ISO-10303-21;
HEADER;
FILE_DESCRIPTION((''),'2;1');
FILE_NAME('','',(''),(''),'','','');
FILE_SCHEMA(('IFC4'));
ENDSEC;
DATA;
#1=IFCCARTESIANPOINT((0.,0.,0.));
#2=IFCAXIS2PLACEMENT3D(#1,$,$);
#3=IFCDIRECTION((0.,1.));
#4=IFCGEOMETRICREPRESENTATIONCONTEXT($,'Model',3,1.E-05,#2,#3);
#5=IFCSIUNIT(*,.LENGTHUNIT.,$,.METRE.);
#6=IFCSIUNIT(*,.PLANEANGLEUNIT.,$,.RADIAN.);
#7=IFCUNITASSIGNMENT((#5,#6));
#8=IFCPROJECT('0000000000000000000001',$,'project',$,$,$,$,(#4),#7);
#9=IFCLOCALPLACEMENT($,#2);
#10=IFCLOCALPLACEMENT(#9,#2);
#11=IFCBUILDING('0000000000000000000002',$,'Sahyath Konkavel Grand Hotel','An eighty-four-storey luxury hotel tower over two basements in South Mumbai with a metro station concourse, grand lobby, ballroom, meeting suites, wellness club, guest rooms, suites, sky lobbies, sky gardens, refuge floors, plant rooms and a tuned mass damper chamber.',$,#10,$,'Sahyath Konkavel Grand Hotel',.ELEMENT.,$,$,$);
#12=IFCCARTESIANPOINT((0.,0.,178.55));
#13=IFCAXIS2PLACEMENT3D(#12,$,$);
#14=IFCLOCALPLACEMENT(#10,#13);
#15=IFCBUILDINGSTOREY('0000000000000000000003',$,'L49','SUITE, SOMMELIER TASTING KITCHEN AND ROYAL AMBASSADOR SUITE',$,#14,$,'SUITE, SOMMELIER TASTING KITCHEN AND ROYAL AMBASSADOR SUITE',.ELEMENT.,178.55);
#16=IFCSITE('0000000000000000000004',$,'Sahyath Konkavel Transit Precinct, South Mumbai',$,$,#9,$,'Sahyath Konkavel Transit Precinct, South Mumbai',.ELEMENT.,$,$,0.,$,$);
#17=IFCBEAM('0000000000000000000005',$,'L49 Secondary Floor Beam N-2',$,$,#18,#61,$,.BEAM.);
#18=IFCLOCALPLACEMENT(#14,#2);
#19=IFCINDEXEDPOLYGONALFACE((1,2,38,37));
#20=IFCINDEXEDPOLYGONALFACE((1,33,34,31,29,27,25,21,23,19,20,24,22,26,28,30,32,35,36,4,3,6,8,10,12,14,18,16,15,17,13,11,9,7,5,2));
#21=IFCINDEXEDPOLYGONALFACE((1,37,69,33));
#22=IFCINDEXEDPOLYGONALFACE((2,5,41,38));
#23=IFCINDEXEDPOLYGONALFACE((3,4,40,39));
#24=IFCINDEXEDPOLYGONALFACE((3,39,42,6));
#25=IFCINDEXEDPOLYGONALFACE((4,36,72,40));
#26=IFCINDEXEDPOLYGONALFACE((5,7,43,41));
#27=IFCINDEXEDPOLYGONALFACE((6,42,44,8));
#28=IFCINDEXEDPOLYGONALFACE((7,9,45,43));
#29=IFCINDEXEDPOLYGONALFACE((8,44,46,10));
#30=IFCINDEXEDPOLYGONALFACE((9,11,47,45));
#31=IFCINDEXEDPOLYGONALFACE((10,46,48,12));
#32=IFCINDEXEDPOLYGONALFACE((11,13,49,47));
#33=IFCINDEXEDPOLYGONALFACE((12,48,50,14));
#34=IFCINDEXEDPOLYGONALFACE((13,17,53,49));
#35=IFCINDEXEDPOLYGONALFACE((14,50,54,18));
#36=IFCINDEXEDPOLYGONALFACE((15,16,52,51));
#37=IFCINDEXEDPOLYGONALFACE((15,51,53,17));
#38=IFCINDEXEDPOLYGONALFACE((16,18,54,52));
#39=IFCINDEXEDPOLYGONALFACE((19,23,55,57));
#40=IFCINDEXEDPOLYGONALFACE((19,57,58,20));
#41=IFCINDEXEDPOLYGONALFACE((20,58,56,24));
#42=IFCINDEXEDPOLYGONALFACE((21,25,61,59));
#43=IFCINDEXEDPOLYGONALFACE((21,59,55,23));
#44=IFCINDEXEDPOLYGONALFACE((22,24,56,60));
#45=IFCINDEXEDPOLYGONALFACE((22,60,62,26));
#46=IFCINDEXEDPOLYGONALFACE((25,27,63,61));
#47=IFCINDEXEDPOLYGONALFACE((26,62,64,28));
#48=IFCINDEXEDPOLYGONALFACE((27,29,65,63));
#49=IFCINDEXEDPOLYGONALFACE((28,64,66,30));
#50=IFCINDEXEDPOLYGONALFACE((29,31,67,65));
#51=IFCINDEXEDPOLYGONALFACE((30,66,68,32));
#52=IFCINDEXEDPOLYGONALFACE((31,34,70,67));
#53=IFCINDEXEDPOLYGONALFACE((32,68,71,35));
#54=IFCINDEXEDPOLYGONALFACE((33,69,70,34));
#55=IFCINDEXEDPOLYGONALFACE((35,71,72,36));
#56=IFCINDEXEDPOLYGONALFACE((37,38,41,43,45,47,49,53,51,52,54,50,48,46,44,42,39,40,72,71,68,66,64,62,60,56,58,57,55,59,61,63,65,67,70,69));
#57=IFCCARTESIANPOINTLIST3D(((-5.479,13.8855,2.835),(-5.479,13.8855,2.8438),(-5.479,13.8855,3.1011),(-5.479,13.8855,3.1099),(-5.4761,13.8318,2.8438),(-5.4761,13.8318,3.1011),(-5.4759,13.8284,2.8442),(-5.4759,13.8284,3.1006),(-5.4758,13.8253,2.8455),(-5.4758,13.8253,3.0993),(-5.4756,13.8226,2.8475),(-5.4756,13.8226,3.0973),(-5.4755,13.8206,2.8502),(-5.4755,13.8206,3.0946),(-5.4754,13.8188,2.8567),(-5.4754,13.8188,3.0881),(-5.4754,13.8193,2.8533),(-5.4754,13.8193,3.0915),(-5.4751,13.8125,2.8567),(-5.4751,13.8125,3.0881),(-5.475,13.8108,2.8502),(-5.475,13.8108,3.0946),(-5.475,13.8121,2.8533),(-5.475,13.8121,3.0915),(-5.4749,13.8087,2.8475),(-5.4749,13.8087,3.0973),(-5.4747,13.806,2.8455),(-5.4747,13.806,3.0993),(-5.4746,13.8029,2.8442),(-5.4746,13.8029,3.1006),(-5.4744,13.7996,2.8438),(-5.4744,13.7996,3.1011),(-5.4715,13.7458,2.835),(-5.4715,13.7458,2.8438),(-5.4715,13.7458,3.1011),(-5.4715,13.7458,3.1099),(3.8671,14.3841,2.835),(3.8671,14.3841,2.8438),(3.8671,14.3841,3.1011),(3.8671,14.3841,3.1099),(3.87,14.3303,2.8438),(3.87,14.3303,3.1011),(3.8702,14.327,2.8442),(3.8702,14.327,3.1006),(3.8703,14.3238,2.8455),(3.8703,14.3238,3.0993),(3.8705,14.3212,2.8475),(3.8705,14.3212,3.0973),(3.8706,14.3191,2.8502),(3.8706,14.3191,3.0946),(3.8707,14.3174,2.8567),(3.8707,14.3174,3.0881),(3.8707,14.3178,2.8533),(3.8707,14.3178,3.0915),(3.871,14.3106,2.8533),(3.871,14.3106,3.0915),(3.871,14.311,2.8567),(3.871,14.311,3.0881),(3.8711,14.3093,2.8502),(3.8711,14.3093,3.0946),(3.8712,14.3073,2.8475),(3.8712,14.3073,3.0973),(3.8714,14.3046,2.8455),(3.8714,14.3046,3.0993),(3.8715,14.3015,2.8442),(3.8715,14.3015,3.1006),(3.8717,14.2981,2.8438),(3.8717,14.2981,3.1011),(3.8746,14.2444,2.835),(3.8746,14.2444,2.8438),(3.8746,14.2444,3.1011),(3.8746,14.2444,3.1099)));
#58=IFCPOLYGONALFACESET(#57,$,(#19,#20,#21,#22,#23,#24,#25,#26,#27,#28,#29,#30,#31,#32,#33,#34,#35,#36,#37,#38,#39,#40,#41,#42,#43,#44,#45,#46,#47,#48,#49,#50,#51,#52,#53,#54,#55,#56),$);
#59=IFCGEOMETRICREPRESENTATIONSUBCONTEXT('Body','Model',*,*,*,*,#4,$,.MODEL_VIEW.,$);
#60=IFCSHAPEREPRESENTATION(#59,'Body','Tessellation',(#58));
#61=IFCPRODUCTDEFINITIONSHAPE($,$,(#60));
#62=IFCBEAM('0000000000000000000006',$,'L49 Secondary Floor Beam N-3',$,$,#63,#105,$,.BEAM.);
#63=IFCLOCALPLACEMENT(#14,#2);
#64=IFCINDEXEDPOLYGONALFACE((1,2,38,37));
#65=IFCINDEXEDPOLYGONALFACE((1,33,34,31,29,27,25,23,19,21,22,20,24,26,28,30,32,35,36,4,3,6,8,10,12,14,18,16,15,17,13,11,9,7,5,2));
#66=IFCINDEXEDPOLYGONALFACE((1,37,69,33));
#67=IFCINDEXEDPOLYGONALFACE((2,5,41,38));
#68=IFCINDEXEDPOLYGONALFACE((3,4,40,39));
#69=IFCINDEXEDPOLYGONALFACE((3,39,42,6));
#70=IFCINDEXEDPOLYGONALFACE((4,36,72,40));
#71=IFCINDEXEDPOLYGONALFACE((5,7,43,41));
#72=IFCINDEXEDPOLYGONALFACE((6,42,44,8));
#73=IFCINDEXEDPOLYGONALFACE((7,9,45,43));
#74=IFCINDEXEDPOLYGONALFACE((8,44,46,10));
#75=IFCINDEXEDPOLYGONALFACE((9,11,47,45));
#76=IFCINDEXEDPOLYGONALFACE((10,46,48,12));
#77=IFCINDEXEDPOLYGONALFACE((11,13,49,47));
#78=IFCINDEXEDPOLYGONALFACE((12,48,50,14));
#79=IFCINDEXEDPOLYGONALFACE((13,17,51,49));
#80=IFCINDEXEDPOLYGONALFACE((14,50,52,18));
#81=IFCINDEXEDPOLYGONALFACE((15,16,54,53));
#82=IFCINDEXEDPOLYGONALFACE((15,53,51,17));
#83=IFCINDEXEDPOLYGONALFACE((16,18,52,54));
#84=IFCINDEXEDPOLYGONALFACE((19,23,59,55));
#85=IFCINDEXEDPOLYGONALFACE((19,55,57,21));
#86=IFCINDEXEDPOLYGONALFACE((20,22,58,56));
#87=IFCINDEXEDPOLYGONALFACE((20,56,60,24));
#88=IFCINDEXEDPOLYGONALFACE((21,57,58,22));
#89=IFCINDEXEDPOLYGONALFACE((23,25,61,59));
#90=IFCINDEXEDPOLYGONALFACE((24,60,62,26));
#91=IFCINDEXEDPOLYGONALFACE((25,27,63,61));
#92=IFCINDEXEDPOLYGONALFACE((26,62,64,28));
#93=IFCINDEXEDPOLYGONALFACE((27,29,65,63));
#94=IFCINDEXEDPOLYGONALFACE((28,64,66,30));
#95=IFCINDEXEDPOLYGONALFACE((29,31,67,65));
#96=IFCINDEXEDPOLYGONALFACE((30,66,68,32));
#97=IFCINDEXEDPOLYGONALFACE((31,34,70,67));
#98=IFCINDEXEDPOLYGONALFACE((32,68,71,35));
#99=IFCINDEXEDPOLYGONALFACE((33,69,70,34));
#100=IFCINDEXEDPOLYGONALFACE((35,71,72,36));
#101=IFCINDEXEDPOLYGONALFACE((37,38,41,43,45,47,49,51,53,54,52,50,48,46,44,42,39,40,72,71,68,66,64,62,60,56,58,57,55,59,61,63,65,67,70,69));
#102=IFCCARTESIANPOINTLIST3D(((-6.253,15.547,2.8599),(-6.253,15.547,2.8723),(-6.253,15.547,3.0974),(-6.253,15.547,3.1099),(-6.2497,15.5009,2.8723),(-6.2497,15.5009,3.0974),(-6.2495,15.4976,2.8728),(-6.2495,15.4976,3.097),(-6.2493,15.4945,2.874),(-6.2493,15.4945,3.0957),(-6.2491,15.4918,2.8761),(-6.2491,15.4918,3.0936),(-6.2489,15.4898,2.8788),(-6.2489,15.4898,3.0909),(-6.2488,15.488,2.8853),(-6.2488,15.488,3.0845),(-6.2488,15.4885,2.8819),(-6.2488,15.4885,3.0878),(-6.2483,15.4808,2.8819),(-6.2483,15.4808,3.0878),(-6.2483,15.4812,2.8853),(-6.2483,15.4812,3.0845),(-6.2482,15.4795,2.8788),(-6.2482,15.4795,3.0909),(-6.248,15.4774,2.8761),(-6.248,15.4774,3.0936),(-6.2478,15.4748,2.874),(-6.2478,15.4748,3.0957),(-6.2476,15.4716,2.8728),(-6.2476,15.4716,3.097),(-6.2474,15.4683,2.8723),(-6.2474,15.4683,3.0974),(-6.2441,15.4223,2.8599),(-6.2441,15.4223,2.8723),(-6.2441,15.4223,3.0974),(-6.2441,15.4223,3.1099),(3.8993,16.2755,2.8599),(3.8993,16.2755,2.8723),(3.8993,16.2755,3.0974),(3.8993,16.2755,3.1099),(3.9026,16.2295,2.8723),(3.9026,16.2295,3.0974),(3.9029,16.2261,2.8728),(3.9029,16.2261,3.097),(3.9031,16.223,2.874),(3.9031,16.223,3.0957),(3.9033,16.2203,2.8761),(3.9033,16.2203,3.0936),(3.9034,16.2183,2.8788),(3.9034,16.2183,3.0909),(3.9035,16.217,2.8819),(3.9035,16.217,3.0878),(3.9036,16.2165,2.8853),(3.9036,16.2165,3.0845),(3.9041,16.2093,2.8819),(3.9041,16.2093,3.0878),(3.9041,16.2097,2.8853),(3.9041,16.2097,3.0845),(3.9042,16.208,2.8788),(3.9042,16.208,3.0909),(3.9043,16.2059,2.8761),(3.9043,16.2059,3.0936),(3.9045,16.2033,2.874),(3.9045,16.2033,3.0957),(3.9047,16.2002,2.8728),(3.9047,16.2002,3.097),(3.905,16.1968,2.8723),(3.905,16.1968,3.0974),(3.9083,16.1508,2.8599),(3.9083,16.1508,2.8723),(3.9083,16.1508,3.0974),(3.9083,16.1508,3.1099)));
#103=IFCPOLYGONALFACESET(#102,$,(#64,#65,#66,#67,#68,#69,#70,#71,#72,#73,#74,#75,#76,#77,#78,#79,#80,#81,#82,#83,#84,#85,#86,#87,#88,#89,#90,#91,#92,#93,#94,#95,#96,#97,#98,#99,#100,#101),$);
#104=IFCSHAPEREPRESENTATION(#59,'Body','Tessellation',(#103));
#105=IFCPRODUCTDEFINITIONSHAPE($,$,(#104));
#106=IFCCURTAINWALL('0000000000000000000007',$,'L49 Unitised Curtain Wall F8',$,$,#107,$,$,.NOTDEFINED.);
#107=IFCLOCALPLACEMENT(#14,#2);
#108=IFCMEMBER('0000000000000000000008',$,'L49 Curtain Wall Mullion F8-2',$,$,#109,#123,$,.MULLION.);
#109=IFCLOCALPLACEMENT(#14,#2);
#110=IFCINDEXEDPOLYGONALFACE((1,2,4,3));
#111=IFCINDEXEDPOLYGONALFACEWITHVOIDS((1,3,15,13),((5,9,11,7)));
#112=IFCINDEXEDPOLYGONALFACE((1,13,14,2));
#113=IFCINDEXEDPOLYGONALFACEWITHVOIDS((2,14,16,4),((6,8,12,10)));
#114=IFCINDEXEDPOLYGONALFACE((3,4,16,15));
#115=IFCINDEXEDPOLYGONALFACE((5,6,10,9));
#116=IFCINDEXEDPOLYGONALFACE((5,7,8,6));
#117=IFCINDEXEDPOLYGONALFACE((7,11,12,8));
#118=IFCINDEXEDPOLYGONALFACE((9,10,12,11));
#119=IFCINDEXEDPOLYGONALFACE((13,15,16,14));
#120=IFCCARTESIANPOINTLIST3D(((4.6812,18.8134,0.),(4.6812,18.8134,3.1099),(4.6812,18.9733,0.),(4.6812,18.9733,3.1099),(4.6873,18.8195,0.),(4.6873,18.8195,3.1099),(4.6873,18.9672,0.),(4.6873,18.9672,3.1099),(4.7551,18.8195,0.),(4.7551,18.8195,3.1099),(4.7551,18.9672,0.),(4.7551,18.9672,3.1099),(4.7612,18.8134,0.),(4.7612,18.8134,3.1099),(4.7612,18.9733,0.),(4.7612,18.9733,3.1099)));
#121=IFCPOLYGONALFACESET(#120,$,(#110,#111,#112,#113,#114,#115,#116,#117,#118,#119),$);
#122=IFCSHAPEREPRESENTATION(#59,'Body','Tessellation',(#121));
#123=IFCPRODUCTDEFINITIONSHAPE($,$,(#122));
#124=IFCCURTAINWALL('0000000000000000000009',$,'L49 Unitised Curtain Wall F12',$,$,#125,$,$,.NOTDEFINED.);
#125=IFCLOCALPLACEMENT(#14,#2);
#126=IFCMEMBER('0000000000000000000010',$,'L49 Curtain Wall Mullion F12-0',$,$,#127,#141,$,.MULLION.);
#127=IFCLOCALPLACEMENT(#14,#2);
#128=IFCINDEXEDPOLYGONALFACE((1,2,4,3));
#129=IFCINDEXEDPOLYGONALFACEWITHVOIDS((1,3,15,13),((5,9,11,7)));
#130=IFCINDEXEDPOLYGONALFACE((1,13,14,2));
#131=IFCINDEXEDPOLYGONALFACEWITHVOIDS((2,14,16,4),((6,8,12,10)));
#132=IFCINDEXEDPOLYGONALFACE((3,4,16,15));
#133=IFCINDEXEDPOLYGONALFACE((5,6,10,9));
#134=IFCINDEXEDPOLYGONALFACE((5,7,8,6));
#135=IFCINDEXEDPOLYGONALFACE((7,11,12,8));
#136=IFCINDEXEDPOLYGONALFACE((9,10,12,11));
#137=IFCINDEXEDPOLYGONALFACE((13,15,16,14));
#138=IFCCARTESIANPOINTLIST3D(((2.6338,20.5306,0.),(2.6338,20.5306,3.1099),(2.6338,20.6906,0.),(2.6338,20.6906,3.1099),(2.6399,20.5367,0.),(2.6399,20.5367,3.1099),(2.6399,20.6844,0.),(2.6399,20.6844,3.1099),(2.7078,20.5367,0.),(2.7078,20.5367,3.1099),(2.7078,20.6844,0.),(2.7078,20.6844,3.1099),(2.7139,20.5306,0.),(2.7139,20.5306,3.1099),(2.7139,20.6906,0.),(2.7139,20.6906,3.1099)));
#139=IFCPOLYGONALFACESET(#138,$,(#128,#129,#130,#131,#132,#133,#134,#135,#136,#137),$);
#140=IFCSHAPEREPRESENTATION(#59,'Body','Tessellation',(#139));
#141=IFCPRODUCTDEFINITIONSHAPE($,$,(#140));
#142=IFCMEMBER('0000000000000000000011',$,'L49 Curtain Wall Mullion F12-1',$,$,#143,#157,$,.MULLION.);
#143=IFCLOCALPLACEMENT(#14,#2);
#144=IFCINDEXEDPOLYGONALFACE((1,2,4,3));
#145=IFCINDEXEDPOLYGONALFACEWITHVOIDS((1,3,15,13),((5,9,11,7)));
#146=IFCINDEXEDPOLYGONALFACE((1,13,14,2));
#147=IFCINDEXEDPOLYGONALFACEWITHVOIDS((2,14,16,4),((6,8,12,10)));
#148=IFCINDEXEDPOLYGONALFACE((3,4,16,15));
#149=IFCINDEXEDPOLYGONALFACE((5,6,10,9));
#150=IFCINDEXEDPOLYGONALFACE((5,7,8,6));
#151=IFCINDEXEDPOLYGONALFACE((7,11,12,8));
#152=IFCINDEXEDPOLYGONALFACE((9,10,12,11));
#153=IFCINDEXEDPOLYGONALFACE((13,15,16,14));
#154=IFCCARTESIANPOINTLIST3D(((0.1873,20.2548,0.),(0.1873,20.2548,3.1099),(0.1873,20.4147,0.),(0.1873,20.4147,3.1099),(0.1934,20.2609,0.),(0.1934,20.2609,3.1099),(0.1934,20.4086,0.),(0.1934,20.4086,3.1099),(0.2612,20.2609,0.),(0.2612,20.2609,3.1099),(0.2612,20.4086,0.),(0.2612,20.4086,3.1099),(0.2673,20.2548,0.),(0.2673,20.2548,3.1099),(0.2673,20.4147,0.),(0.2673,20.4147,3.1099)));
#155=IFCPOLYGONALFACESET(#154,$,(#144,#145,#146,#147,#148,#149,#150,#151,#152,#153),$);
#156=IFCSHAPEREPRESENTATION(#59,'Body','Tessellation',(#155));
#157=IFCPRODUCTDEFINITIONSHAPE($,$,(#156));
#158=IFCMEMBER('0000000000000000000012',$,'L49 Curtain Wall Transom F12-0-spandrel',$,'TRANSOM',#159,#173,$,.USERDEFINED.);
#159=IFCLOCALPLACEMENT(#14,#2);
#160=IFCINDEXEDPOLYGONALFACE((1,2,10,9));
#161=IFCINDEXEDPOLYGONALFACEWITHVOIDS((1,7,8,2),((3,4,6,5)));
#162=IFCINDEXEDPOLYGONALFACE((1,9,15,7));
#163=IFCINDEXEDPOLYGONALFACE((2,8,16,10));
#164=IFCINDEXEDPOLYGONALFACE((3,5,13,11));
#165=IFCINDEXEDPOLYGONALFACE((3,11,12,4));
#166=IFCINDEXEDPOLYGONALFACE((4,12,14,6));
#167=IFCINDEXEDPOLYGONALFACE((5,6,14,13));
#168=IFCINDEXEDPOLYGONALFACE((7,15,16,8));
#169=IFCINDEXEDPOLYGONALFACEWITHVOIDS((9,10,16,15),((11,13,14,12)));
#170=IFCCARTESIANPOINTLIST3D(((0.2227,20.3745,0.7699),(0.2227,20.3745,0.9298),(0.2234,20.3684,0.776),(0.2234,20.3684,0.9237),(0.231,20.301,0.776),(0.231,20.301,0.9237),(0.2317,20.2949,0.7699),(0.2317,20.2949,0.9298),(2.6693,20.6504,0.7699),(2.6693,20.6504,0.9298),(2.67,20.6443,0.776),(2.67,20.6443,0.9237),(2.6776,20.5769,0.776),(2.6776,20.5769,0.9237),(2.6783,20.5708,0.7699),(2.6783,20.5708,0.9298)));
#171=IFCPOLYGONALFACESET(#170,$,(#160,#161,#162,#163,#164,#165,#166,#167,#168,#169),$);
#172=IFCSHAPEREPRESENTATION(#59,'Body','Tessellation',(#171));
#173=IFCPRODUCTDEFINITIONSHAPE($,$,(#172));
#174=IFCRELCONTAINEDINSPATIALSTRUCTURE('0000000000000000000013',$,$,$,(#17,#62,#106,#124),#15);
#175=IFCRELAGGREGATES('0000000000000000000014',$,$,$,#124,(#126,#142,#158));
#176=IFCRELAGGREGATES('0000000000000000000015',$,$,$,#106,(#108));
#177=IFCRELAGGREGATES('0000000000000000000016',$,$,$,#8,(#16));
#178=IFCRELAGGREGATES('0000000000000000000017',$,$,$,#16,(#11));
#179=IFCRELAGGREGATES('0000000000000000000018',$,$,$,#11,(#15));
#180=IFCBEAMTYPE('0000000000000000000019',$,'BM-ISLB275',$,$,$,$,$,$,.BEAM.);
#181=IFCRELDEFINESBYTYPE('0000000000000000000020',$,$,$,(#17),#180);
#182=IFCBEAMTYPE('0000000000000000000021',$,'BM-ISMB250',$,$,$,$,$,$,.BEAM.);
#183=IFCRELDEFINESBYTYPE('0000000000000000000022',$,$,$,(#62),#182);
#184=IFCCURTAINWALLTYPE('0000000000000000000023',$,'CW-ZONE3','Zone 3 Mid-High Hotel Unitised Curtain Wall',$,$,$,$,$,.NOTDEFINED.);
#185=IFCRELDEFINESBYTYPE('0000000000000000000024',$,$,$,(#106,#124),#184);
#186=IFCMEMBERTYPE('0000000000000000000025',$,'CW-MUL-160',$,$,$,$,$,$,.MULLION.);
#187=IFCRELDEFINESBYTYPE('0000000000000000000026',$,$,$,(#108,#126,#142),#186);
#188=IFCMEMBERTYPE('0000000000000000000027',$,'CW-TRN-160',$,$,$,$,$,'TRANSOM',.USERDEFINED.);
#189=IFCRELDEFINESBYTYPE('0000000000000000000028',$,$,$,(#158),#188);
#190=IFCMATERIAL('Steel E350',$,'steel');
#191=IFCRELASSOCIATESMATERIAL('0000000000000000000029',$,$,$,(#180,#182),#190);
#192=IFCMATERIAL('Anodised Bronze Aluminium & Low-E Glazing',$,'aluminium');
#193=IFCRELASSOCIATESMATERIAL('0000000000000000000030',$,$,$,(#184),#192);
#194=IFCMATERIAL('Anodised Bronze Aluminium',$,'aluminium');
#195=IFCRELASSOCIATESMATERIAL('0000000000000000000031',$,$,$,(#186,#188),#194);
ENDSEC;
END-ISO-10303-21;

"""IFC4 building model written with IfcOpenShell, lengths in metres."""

from ifc_helpers import new_model, si_unit, direction, frame, origin, origin_2d, place, context, subcontext, project, spatial, hollow_rectangle, i_section, extrude, source, transform, mapped, material, material_profile, profile_set, type_object, element, aggregate, save


model = new_model("IFC4")

# Units and contexts
model_context = context("Model", 3, precision=1e-05, world=origin(), true_north=direction((0.0, 1.0)))
body_context = subcontext(model_context, "Body", "Model", "MODEL_VIEW")
ifc_project = project(units=[si_unit("LENGTHUNIT", "METRE"), si_unit("PLANEANGLEUNIT", "RADIAN")], contexts=[model_context])

# Site, building, storey
site_placement = place(None, origin())
site = spatial("IfcSite", under=ifc_project, at=site_placement, Name="Sahyath Konkavel Transit Precinct, South Mumbai", LongName="Sahyath Konkavel Transit Precinct, South Mumbai", CompositionType="ELEMENT", RefElevation=0.0)
building_placement = place(site_placement, origin())
building = spatial("IfcBuilding", under=site, at=building_placement, Name="Sahyath Konkavel Grand Hotel", Description="An eighty-four-storey luxury hotel tower over two basements in South Mumbai with a metro station concourse, grand lobby, ballroom, meeting suites, wellness club, guest rooms, suites, sky lobbies, sky gardens, refuge floors, plant rooms and a tuned mass damper chamber.", LongName="Sahyath Konkavel Grand Hotel", CompositionType="ELEMENT")
storey_placement = place(building_placement, frame((0.0, 0.0, 178.55)))
storey = spatial("IfcBuildingStorey", under=building, at=storey_placement, Name="L49", Description="SUITE, SOMMELIER TASTING KITCHEN AND ROYAL AMBASSADOR SUITE", LongName="SUITE, SOMMELIER TASTING KITCHEN AND ROYAL AMBASSADOR SUITE", CompositionType="ELEMENT", Elevation=178.55)

# Beams
ifc_material_1 = material(Name="Steel E350", Category="steel")
ifc_material_profile_1 = material_profile(ifc_material_1, i_section(OverallWidth=0.1399, OverallDepth=0.2749, WebThickness=0.0063, FlangeThickness=0.0088, FilletRadius=0.0129, at=origin_2d()), Name="ISLB 275")
ifc_profile_set_1 = profile_set([ifc_material_profile_1], Name="Steel E350")
beam_type_1 = type_object("IfcBeamType", Name="BM-ISLB275", PredefinedType="BEAM", material=ifc_profile_set_1)
shared_shape_1 = source(origin(), body_context, "Body", "SweptSolid", [
    extrude(i_section(OverallWidth=0.1399, OverallDepth=0.2749, WebThickness=0.0063, FlangeThickness=0.0088, FilletRadius=0.0129, at=origin_2d()), origin(), (0.0, 0.0, 1.0), 9.3594),
])
beam_1_placement = place(storey_placement, frame((3.8708, 14.3142, 2.9724), z_axis=(-0.99858, -0.053265, 0.0), x_axis=(0.053265, -0.99858, 0.0)))
element("IfcBeam", 1, at=beam_1_placement, inside=storey, type_object=beam_type_1, Name="L49 Secondary Floor Beam N-2", PredefinedType="BEAM", context=body_context, shape_type="MappedRepresentation", body=[
    mapped(shared_shape_1, transform((0.0, 0.0, 0.0), scale=1.0)),
])
ifc_material_profile_2 = material_profile(ifc_material_1, i_section(OverallWidth=0.125, OverallDepth=0.25, WebThickness=0.0068, FlangeThickness=0.0125, FilletRadius=0.0129, at=origin_2d()), Name="ISMB 250")
ifc_profile_set_2 = profile_set([ifc_material_profile_2], Name="Steel E350")
beam_type_2 = type_object("IfcBeamType", Name="BM-ISMB250", PredefinedType="BEAM", material=ifc_profile_set_2)
shared_shape_2 = source(origin(), body_context, "Body", "SweptSolid", [
    extrude(i_section(OverallWidth=0.125, OverallDepth=0.25, WebThickness=0.0068, FlangeThickness=0.0125, FilletRadius=0.0129, at=origin_2d()), origin(), (0.0, 0.0, 1.0), 10.1785),
])
beam_2_placement = place(storey_placement, frame((3.9038, 16.2131, 2.9849), z_axis=(-0.997435, -0.071574, 0.0), x_axis=(0.071574, -0.997435, 0.0)))
element("IfcBeam", 2, at=beam_2_placement, inside=storey, type_object=beam_type_2, Name="L49 Secondary Floor Beam N-3", PredefinedType="BEAM", context=body_context, shape_type="MappedRepresentation", body=[
    mapped(shared_shape_2, transform((0.0, 0.0, 0.0), scale=1.0)),
])

# Curtain wall, member
ifc_material_2 = material(Name="Anodised Bronze Aluminium & Low-E Glazing", Category="aluminium")
curtain_wall_type = type_object("IfcCurtainWallType", Name="CW-ZONE3", Description="Zone 3 Mid-High Hotel Unitised Curtain Wall", PredefinedType="NOTDEFINED", material=ifc_material_2)
curtain_wall_1_placement = place(storey_placement, origin())
curtain_wall_1 = element("IfcCurtainWall", 3, at=curtain_wall_1_placement, inside=storey, type_object=curtain_wall_type, Name="L49 Unitised Curtain Wall F8", PredefinedType="NOTDEFINED")
ifc_material_3 = material(Name="Anodised Bronze Aluminium", Category="aluminium")
ifc_material_profile_3 = material_profile(ifc_material_3, hollow_rectangle(XDim=0.0801, YDim=0.1599, WallThickness=0.0061, at=origin_2d()), Name="RHS 160x80x6")
ifc_profile_set_3 = profile_set([ifc_material_profile_3], Name="Anodised Bronze Aluminium")
member_type_1 = type_object("IfcMemberType", Name="CW-MUL-160", PredefinedType="MULLION", material=ifc_profile_set_3)
shared_shape_3 = source(origin(), body_context, "Body", "SweptSolid", [
    extrude(hollow_rectangle(XDim=0.0801, YDim=0.1599, WallThickness=0.0061, at=origin_2d()), origin(), (0.0, 0.0, 1.0), 3.1099),
])
member_1_placement = place(storey_placement, frame((4.7212, 18.8933, 0.0), z_axis=(0.0, 0.0, 1.0), x_axis=(1.0, 0.0, 0.0)))
member_1 = element("IfcMember", 4, at=member_1_placement, type_object=member_type_1, Name="L49 Curtain Wall Mullion F8-2", PredefinedType="MULLION", context=body_context, shape_type="MappedRepresentation", body=[
    mapped(shared_shape_3, transform((0.0, 0.0, 0.0), scale=1.0)),
])

# Curtain wall, members
curtain_wall_2_placement = place(storey_placement, origin())
curtain_wall_2 = element("IfcCurtainWall", 5, at=curtain_wall_2_placement, inside=storey, type_object=curtain_wall_type, Name="L49 Unitised Curtain Wall F12", PredefinedType="NOTDEFINED")
member_2_placement = place(storey_placement, frame((2.6738, 20.6106, 0.0), z_axis=(0.0, 0.0, 1.0), x_axis=(1.0, 0.0, 0.0)))
member_2 = element("IfcMember", 6, at=member_2_placement, type_object=member_type_1, Name="L49 Curtain Wall Mullion F12-0", PredefinedType="MULLION", context=body_context, shape_type="MappedRepresentation", body=[
    mapped(shared_shape_3, transform((0.0, 0.0, 0.0), scale=1.0)),
])
member_3_placement = place(storey_placement, frame((0.2273, 20.3347, 0.0), z_axis=(0.0, 0.0, 1.0), x_axis=(1.0, 0.0, 0.0)))
member_3 = element("IfcMember", 7, at=member_3_placement, type_object=member_type_1, Name="L49 Curtain Wall Mullion F12-1", PredefinedType="MULLION", context=body_context, shape_type="MappedRepresentation", body=[
    mapped(shared_shape_3, transform((0.0, 0.0, 0.0), scale=1.0)),
])
ifc_material_profile_4 = material_profile(ifc_material_3, hollow_rectangle(XDim=0.0801, YDim=0.1599, WallThickness=0.0061, at=origin_2d()), Name="RHS 160x80x6")
ifc_profile_set_4 = profile_set([ifc_material_profile_4], Name="Anodised Bronze Aluminium")
member_type_2 = type_object("IfcMemberType", Name="CW-TRN-160", ElementType="TRANSOM", PredefinedType="USERDEFINED", material=ifc_profile_set_4)
shared_shape_4 = source(origin(), body_context, "Body", "SweptSolid", [
    extrude(hollow_rectangle(XDim=0.0801, YDim=0.1599, WallThickness=0.0061, at=origin_2d()), origin(), (0.0, 0.0, 1.0), 2.4622),
])
member_4_placement = place(storey_placement, frame((2.6738, 20.6106, 0.8499), z_axis=(-0.993702, -0.112053, 0.0), x_axis=(0.112053, -0.993702, 0.0)))
member_4 = element("IfcMember", 8, at=member_4_placement, type_object=member_type_2, Name="L49 Curtain Wall Transom F12-0-spandrel", ObjectType="TRANSOM", PredefinedType="USERDEFINED", context=body_context, shape_type="MappedRepresentation", body=[
    mapped(shared_shape_4, transform((0.0, 0.0, 0.0), scale=1.0)),
])

aggregate(curtain_wall_2, [member_2, member_3, member_4])
aggregate(curtain_wall_1, [member_1])

save(model, "model.ifc")
